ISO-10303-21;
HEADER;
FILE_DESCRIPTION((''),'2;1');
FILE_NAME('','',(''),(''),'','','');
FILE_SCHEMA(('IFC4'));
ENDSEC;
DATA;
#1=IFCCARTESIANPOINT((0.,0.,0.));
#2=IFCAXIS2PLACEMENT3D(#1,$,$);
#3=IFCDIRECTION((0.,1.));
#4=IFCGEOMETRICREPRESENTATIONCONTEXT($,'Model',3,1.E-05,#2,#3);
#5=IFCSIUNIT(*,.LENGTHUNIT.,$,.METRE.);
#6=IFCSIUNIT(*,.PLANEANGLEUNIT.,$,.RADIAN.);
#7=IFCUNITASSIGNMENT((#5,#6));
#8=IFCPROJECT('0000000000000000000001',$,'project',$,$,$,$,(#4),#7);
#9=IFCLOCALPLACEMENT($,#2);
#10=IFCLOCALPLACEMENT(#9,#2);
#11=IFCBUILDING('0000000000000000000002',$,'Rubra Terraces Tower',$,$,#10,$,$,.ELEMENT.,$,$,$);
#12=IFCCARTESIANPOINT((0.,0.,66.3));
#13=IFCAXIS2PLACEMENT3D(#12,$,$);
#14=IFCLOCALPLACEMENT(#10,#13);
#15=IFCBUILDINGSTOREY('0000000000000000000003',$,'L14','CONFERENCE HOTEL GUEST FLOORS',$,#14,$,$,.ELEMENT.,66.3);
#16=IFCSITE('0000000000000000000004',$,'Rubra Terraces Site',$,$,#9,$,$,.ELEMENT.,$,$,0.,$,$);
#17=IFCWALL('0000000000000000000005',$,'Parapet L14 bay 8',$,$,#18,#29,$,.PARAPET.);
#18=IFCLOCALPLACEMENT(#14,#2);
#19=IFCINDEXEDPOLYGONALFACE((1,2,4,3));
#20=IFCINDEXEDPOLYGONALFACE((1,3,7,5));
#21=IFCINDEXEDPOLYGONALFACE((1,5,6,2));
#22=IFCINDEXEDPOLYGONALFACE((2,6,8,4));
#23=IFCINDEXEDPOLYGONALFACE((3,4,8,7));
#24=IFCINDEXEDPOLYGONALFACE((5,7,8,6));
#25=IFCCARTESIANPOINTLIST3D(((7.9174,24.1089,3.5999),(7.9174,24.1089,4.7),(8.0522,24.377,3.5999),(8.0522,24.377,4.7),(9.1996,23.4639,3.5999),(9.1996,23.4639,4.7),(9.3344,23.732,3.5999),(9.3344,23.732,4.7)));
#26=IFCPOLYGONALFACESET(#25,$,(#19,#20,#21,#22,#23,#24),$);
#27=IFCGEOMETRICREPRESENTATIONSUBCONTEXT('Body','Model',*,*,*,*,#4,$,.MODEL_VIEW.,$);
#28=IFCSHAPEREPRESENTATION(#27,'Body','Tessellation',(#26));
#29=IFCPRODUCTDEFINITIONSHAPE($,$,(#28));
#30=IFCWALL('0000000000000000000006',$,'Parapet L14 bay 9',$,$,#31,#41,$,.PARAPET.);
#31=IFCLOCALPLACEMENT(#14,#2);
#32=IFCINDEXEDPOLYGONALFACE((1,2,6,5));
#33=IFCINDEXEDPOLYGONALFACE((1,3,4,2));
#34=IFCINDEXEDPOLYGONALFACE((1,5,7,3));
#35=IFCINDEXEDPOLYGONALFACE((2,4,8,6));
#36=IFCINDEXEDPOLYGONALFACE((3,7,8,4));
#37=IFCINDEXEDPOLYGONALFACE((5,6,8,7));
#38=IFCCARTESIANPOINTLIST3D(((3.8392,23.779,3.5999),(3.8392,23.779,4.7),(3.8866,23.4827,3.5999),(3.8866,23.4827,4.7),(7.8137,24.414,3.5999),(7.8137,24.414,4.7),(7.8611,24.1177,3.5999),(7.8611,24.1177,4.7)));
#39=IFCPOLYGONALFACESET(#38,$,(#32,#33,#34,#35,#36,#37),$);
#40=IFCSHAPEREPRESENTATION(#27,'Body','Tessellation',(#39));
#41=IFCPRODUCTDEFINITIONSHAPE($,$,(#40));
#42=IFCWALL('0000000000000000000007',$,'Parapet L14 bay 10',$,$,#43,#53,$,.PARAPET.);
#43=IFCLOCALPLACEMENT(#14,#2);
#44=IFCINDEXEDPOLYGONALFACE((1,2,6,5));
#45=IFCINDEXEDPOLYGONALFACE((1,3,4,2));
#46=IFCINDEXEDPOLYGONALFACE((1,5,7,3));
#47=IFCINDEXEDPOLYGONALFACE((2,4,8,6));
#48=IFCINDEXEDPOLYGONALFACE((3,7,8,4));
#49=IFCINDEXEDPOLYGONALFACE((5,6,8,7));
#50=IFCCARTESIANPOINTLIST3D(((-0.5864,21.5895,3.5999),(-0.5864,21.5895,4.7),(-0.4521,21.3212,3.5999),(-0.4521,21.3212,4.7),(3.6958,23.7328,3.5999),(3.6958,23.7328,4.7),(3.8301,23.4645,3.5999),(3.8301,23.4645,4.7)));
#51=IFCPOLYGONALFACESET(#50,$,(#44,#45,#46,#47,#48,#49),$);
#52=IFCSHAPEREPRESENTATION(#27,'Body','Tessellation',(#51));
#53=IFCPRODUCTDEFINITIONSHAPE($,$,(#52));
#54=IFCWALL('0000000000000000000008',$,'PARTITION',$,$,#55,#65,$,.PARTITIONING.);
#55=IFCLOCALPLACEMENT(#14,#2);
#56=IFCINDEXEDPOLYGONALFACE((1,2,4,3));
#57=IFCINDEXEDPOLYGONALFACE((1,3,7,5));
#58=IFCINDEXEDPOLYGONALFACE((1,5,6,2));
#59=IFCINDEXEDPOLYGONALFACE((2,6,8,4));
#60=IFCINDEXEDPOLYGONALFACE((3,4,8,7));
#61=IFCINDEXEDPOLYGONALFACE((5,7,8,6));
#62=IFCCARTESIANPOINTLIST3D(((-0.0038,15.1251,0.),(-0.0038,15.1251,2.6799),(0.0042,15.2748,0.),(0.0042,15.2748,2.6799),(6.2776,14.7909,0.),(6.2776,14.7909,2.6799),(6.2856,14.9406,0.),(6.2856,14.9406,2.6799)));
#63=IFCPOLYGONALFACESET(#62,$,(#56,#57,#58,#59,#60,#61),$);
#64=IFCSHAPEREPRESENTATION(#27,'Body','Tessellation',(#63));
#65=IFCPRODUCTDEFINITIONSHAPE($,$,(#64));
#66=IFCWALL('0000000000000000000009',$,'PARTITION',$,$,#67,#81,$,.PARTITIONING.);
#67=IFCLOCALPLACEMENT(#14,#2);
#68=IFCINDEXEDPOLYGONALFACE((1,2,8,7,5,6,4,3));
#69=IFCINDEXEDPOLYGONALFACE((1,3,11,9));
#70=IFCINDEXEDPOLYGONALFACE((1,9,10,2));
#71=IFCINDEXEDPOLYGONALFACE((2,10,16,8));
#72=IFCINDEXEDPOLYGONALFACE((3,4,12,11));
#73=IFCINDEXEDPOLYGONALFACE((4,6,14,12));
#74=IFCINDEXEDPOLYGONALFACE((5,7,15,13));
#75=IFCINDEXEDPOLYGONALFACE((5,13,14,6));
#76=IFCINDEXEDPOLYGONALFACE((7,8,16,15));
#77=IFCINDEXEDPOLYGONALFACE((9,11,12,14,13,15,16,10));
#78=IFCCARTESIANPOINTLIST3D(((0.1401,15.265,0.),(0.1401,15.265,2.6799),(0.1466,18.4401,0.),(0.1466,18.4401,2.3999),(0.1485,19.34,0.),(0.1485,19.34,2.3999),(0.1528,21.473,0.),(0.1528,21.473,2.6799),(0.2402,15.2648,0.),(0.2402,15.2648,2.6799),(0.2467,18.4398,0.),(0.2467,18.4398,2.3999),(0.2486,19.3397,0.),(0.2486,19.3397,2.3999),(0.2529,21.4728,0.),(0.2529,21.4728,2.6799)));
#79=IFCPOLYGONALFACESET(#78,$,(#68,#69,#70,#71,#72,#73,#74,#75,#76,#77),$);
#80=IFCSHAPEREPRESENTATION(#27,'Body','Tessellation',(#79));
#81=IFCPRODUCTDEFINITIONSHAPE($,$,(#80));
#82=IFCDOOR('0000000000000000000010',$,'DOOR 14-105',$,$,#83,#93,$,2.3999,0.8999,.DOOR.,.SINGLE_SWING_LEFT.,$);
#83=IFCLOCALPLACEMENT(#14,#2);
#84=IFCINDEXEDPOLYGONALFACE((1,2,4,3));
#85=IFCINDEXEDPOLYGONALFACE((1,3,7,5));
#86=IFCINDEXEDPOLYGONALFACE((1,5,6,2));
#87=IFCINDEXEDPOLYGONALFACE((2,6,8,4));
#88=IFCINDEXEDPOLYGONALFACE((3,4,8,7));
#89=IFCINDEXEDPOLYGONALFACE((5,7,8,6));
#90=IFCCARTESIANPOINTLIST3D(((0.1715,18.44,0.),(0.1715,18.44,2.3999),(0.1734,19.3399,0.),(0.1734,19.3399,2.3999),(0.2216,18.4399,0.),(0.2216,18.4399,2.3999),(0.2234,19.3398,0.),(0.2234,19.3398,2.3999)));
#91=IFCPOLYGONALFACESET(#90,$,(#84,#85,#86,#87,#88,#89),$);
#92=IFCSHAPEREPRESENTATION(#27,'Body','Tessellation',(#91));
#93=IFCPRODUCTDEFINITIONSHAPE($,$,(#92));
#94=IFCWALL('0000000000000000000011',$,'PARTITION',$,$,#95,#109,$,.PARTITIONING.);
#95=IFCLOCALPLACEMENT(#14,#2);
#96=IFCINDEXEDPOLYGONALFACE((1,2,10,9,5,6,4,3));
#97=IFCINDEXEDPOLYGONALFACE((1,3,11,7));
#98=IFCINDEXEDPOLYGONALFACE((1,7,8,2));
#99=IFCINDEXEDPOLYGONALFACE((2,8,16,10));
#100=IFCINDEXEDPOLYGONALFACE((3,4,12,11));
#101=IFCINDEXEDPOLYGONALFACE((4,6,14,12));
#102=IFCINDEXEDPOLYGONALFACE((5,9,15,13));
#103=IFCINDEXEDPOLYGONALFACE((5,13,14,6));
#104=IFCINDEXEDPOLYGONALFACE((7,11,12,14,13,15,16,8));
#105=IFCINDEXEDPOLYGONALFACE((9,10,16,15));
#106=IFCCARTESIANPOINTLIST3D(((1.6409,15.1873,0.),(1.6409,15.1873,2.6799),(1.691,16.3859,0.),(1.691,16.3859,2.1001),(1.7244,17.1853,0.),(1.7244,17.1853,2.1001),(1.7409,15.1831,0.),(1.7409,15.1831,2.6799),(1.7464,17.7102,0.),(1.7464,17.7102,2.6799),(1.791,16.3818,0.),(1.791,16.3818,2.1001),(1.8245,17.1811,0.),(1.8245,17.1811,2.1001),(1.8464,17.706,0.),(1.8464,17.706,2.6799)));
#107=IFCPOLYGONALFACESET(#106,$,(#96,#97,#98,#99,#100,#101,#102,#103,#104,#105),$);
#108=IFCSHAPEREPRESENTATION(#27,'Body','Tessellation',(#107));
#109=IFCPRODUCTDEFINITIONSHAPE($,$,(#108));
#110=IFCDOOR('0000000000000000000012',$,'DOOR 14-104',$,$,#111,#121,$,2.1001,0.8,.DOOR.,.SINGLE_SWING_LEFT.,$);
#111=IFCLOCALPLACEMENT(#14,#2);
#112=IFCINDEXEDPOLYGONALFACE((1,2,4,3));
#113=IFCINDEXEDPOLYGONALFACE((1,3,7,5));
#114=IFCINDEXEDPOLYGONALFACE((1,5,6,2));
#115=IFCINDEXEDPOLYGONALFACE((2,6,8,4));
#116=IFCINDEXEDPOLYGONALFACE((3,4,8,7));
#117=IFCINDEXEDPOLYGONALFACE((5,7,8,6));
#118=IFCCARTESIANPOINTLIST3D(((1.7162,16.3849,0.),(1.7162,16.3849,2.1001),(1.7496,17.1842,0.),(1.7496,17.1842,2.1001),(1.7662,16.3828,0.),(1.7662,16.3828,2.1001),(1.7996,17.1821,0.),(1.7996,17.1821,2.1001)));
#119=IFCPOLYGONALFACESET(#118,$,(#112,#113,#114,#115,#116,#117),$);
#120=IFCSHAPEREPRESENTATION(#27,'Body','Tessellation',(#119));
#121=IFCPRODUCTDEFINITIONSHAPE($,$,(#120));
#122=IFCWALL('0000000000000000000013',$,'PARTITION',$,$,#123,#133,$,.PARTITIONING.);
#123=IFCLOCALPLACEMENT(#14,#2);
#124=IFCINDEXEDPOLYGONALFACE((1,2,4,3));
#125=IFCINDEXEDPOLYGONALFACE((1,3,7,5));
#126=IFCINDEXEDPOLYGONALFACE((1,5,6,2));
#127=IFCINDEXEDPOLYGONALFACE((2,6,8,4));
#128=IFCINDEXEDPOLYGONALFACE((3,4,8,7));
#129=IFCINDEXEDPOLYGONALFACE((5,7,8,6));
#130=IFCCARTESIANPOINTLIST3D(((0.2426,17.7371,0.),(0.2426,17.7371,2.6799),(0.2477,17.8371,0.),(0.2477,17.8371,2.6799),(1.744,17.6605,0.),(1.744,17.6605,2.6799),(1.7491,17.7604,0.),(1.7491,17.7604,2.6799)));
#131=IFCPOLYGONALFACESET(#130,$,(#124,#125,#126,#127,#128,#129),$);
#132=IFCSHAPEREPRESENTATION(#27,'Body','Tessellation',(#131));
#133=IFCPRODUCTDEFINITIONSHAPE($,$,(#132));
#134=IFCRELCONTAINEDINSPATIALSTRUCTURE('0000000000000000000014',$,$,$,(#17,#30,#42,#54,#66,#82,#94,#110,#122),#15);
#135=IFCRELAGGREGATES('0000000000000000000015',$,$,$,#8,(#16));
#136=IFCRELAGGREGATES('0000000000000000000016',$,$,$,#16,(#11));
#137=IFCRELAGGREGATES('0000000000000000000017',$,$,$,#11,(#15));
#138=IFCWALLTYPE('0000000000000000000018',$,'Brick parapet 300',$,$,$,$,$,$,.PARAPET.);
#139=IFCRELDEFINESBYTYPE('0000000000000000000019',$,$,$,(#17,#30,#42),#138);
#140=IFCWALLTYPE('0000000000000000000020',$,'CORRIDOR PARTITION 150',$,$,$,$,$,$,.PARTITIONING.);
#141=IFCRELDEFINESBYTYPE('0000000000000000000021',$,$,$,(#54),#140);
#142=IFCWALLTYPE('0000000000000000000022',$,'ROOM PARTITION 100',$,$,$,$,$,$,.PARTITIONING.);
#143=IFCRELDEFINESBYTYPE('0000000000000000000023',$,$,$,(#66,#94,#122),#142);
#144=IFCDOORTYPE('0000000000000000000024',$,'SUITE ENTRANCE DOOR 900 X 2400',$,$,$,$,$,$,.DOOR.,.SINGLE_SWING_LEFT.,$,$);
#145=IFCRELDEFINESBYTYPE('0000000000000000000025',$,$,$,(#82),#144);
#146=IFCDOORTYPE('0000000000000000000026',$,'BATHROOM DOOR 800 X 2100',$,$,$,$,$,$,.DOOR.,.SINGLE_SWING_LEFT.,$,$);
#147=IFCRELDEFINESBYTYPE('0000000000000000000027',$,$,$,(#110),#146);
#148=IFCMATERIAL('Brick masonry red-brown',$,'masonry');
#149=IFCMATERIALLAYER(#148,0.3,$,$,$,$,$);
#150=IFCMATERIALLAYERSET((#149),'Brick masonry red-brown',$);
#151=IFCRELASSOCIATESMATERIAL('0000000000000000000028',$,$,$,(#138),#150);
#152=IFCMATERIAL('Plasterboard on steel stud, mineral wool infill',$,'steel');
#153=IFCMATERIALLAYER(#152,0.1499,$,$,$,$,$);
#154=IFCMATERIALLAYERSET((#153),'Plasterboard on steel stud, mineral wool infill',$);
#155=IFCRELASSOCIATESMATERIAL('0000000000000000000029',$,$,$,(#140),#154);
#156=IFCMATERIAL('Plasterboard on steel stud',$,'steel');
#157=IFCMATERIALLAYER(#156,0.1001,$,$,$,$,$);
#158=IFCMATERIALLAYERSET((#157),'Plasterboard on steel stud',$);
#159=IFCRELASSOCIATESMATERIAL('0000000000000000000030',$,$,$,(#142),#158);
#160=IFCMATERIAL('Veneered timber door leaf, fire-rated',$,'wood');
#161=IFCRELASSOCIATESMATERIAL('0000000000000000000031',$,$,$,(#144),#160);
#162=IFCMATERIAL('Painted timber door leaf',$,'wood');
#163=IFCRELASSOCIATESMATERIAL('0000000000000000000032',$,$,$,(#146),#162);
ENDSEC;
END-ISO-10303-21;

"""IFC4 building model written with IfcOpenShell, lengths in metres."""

from ifc_helpers import new_model, si_unit, direction, frame, frame_2d, origin, place, context, subcontext, project, spatial, rectangle, extrude, material, layer, layer_set, type_object, element, fill, save


model = new_model("IFC4")

# Units and contexts
model_context = context("Model", 3, precision=1e-05, world=origin(), true_north=direction((0.0, 1.0)))
body_context = subcontext(model_context, "Body", "Model", "MODEL_VIEW")
ifc_project = project(units=[si_unit("LENGTHUNIT", "METRE"), si_unit("PLANEANGLEUNIT", "RADIAN")], contexts=[model_context])

# Site, building, storey
site_placement = place(None, origin())
site = spatial("IfcSite", under=ifc_project, at=site_placement, Name="Rubra Terraces Site", CompositionType="ELEMENT", RefElevation=0.0)
building_placement = place(site_placement, origin())
building = spatial("IfcBuilding", under=site, at=building_placement, Name="Rubra Terraces Tower", CompositionType="ELEMENT")
storey_placement = place(building_placement, frame((0.0, 0.0, 66.3)))
storey = spatial("IfcBuildingStorey", under=building, at=storey_placement, Name="L14", Description="CONFERENCE HOTEL GUEST FLOORS", CompositionType="ELEMENT", Elevation=66.3)

# Shared definitions
ifc_material_1 = material(Name="Brick masonry red-brown", Category="masonry")

# Walls
ifc_layer_1 = layer(ifc_material_1, 0.3)
ifc_layer_set_1 = layer_set([ifc_layer_1], Name="Brick masonry red-brown")
wall_type_1 = type_object("IfcWallType", Name="Brick parapet 300", PredefinedType="PARAPET", material=ifc_layer_set_1)
wall_1_placement = place(storey_placement, frame((9.2671, 23.5979, 3.5999), z_axis=(0.0, 0.0, 1.0), x_axis=(-0.893336, 0.449389, 0.0)))
element("IfcWall", 1, at=wall_1_placement, inside=storey, type_object=wall_type_1, Name="Parapet L14 bay 8", PredefinedType="PARAPET", context=body_context, shape_type="SweptSolid", body=[
    extrude(rectangle(XDim=1.4353, YDim=0.3, at=frame_2d((0.7178, 0.0))), origin(), (0.0, 0.0, 1.0), 1.1001),
])
wall_2_placement = place(storey_placement, frame((7.8374, 24.2659, 3.5999), z_axis=(0.0, 0.0, 1.0), x_axis=(-0.987477, -0.157766, 0.0)))
element("IfcWall", 2, at=wall_2_placement, inside=storey, type_object=wall_type_1, Name="Parapet L14 bay 9", PredefinedType="PARAPET", context=body_context, shape_type="SweptSolid", body=[
    extrude(rectangle(XDim=4.0249, YDim=0.3, at=frame_2d((2.0125, 0.0))), origin(), (0.0, 0.0, 1.0), 1.1001),
])
wall_3_placement = place(storey_placement, frame((3.7629, 23.5986, 3.5999), z_axis=(0.0, 0.0, 1.0), x_axis=(-0.894244, -0.447581, 0.0)))
element("IfcWall", 3, at=wall_3_placement, inside=storey, type_object=wall_type_1, Name="Parapet L14 bay 10", PredefinedType="PARAPET", context=body_context, shape_type="SweptSolid", body=[
    extrude(rectangle(XDim=4.7886, YDim=0.3, at=frame_2d((2.3943, 0.0))), origin(), (0.0, 0.0, 1.0), 1.1001),
])
ifc_material_2 = material(Name="Plasterboard on steel stud, mineral wool infill", Category="steel")
ifc_layer_2 = layer(ifc_material_2, 0.1499)
ifc_layer_set_2 = layer_set([ifc_layer_2], Name="Plasterboard on steel stud, mineral wool infill")
wall_type_2 = type_object("IfcWallType", Name="CORRIDOR PARTITION 150", PredefinedType="PARTITIONING", material=ifc_layer_set_2)
wall_4_placement = place(storey_placement, frame((6.2815, 14.8657, 0.0), z_axis=(0.0, 0.0, 1.0), x_axis=(-0.998587, 0.053133, 0.0)))
element("IfcWall", 4, at=wall_4_placement, inside=storey, type_object=wall_type_2, Name="PARTITION", PredefinedType="PARTITIONING", context=body_context, shape_type="SweptSolid", body=[
    extrude(rectangle(XDim=6.2903, YDim=0.1499, at=frame_2d((3.145, 0.0))), origin(), (0.0, 0.0, 1.0), 2.6799),
])

# Walls, openings, doors
ifc_material_3 = material(Name="Plasterboard on steel stud", Category="steel")
ifc_layer_3 = layer(ifc_material_3, 0.1001)
ifc_layer_set_3 = layer_set([ifc_layer_3], Name="Plasterboard on steel stud")
wall_type_3 = type_object("IfcWallType", Name="ROOM PARTITION 100", PredefinedType="PARTITIONING", material=ifc_layer_set_3)
wall_5_placement = place(storey_placement, frame((0.2029, 21.4729, 0.0), z_axis=(0.0, 0.0, 1.0), x_axis=(-0.002045, -0.999998, 0.0)))
wall_5 = element("IfcWall", 5, at=wall_5_placement, inside=storey, type_object=wall_type_3, Name="PARTITION", PredefinedType="PARTITIONING", context=body_context, shape_type="SweptSolid", body=[
    extrude(rectangle(XDim=6.208, YDim=0.1001, at=frame_2d((3.104, 0.0))), origin(), (0.0, 0.0, 1.0), 2.6799),
])
opening_1_placement = place(wall_5_placement, frame((2.1331, 0.0, 0.0)))
opening_1 = element("IfcOpeningElement", 6, at=opening_1_placement, cuts=wall_5, PredefinedType="OPENING", context=body_context, shape_type="SweptSolid", body=[
    extrude(rectangle(XDim=0.8999, YDim=2.3999, at=frame_2d((0.45, 1.2))), frame((0.0, 0.0601, 0.0), z_axis=(0.0, -1.0, 0.0), x_axis=(1.0, 0.0, 0.0)), (0.0, 0.0, 1.0), 0.1201),
])
ifc_material_4 = material(Name="Veneered timber door leaf, fire-rated", Category="wood")
door_type_1 = type_object("IfcDoorType", Name="SUITE ENTRANCE DOOR 900 X 2400", OperationType="SINGLE_SWING_LEFT", PredefinedType="DOOR", material=ifc_material_4)
door_1_placement = place(opening_1_placement, origin())
door_1 = element("IfcDoor", 7, at=door_1_placement, inside=storey, type_object=door_type_1, Name="DOOR 14-105", OperationType="SINGLE_SWING_LEFT", OverallHeight=2.3999, OverallWidth=0.8999, PredefinedType="DOOR", context=body_context, shape_type="SweptSolid", body=[
    extrude(rectangle(XDim=0.8999, YDim=2.3999, at=frame_2d((0.45, 1.2))), frame((0.0, 0.0249, 0.0), z_axis=(0.0, -1.0, 0.0), x_axis=(1.0, 0.0, 0.0)), (0.0, 0.0, 1.0), 0.05),
])
fill(opening_1, door_1)
wall_6_placement = place(storey_placement, frame((1.6909, 15.1851, 0.0), z_axis=(0.0, 0.0, 1.0), x_axis=(0.041767, 0.999127, 0.0)))
wall_6 = element("IfcWall", 8, at=wall_6_placement, inside=storey, type_object=wall_type_3, Name="PARTITION", PredefinedType="PARTITIONING", context=body_context, shape_type="SweptSolid", body=[
    extrude(rectangle(XDim=2.5251, YDim=0.1001, at=frame_2d((1.2627, 0.0))), origin(), (0.0, 0.0, 1.0), 2.6799),
])
opening_2_placement = place(wall_6_placement, frame((1.2, 0.0, 0.0)))
opening_2 = element("IfcOpeningElement", 9, at=opening_2_placement, cuts=wall_6, PredefinedType="OPENING", context=body_context, shape_type="SweptSolid", body=[
    extrude(rectangle(XDim=0.8, YDim=2.1001, at=frame_2d((0.3999, 1.05))), frame((0.0, 0.0601, 0.0), z_axis=(0.0, -1.0, 0.0), x_axis=(1.0, 0.0, 0.0)), (0.0, 0.0, 1.0), 0.1201),
])
ifc_material_5 = material(Name="Painted timber door leaf", Category="wood")
door_type_2 = type_object("IfcDoorType", Name="BATHROOM DOOR 800 X 2100", OperationType="SINGLE_SWING_LEFT", PredefinedType="DOOR", material=ifc_material_5)
door_2_placement = place(opening_2_placement, origin())
door_2 = element("IfcDoor", 10, at=door_2_placement, inside=storey, type_object=door_type_2, Name="DOOR 14-104", OperationType="SINGLE_SWING_LEFT", OverallHeight=2.1001, OverallWidth=0.8, PredefinedType="DOOR", context=body_context, shape_type="SweptSolid", body=[
    extrude(rectangle(XDim=0.8, YDim=2.1001, at=frame_2d((0.3999, 1.05))), frame((0.0, 0.0249, 0.0), z_axis=(0.0, -1.0, 0.0), x_axis=(1.0, 0.0, 0.0)), (0.0, 0.0, 1.0), 0.05),
])
fill(opening_2, door_2)

# Wall
wall_7_placement = place(storey_placement, frame((1.7466, 17.7104, 0.0), z_axis=(0.0, 0.0, 1.0), x_axis=(-0.998699, 0.05099, 0.0)))
element("IfcWall", 11, at=wall_7_placement, inside=storey, type_object=wall_type_3, Name="PARTITION", PredefinedType="PARTITIONING", context=body_context, shape_type="SweptSolid", body=[
    extrude(rectangle(XDim=1.5034, YDim=0.1001, at=frame_2d((0.7517, 0.0))), origin(), (0.0, 0.0, 1.0), 2.6799),
])

save(model, "model.ifc")
